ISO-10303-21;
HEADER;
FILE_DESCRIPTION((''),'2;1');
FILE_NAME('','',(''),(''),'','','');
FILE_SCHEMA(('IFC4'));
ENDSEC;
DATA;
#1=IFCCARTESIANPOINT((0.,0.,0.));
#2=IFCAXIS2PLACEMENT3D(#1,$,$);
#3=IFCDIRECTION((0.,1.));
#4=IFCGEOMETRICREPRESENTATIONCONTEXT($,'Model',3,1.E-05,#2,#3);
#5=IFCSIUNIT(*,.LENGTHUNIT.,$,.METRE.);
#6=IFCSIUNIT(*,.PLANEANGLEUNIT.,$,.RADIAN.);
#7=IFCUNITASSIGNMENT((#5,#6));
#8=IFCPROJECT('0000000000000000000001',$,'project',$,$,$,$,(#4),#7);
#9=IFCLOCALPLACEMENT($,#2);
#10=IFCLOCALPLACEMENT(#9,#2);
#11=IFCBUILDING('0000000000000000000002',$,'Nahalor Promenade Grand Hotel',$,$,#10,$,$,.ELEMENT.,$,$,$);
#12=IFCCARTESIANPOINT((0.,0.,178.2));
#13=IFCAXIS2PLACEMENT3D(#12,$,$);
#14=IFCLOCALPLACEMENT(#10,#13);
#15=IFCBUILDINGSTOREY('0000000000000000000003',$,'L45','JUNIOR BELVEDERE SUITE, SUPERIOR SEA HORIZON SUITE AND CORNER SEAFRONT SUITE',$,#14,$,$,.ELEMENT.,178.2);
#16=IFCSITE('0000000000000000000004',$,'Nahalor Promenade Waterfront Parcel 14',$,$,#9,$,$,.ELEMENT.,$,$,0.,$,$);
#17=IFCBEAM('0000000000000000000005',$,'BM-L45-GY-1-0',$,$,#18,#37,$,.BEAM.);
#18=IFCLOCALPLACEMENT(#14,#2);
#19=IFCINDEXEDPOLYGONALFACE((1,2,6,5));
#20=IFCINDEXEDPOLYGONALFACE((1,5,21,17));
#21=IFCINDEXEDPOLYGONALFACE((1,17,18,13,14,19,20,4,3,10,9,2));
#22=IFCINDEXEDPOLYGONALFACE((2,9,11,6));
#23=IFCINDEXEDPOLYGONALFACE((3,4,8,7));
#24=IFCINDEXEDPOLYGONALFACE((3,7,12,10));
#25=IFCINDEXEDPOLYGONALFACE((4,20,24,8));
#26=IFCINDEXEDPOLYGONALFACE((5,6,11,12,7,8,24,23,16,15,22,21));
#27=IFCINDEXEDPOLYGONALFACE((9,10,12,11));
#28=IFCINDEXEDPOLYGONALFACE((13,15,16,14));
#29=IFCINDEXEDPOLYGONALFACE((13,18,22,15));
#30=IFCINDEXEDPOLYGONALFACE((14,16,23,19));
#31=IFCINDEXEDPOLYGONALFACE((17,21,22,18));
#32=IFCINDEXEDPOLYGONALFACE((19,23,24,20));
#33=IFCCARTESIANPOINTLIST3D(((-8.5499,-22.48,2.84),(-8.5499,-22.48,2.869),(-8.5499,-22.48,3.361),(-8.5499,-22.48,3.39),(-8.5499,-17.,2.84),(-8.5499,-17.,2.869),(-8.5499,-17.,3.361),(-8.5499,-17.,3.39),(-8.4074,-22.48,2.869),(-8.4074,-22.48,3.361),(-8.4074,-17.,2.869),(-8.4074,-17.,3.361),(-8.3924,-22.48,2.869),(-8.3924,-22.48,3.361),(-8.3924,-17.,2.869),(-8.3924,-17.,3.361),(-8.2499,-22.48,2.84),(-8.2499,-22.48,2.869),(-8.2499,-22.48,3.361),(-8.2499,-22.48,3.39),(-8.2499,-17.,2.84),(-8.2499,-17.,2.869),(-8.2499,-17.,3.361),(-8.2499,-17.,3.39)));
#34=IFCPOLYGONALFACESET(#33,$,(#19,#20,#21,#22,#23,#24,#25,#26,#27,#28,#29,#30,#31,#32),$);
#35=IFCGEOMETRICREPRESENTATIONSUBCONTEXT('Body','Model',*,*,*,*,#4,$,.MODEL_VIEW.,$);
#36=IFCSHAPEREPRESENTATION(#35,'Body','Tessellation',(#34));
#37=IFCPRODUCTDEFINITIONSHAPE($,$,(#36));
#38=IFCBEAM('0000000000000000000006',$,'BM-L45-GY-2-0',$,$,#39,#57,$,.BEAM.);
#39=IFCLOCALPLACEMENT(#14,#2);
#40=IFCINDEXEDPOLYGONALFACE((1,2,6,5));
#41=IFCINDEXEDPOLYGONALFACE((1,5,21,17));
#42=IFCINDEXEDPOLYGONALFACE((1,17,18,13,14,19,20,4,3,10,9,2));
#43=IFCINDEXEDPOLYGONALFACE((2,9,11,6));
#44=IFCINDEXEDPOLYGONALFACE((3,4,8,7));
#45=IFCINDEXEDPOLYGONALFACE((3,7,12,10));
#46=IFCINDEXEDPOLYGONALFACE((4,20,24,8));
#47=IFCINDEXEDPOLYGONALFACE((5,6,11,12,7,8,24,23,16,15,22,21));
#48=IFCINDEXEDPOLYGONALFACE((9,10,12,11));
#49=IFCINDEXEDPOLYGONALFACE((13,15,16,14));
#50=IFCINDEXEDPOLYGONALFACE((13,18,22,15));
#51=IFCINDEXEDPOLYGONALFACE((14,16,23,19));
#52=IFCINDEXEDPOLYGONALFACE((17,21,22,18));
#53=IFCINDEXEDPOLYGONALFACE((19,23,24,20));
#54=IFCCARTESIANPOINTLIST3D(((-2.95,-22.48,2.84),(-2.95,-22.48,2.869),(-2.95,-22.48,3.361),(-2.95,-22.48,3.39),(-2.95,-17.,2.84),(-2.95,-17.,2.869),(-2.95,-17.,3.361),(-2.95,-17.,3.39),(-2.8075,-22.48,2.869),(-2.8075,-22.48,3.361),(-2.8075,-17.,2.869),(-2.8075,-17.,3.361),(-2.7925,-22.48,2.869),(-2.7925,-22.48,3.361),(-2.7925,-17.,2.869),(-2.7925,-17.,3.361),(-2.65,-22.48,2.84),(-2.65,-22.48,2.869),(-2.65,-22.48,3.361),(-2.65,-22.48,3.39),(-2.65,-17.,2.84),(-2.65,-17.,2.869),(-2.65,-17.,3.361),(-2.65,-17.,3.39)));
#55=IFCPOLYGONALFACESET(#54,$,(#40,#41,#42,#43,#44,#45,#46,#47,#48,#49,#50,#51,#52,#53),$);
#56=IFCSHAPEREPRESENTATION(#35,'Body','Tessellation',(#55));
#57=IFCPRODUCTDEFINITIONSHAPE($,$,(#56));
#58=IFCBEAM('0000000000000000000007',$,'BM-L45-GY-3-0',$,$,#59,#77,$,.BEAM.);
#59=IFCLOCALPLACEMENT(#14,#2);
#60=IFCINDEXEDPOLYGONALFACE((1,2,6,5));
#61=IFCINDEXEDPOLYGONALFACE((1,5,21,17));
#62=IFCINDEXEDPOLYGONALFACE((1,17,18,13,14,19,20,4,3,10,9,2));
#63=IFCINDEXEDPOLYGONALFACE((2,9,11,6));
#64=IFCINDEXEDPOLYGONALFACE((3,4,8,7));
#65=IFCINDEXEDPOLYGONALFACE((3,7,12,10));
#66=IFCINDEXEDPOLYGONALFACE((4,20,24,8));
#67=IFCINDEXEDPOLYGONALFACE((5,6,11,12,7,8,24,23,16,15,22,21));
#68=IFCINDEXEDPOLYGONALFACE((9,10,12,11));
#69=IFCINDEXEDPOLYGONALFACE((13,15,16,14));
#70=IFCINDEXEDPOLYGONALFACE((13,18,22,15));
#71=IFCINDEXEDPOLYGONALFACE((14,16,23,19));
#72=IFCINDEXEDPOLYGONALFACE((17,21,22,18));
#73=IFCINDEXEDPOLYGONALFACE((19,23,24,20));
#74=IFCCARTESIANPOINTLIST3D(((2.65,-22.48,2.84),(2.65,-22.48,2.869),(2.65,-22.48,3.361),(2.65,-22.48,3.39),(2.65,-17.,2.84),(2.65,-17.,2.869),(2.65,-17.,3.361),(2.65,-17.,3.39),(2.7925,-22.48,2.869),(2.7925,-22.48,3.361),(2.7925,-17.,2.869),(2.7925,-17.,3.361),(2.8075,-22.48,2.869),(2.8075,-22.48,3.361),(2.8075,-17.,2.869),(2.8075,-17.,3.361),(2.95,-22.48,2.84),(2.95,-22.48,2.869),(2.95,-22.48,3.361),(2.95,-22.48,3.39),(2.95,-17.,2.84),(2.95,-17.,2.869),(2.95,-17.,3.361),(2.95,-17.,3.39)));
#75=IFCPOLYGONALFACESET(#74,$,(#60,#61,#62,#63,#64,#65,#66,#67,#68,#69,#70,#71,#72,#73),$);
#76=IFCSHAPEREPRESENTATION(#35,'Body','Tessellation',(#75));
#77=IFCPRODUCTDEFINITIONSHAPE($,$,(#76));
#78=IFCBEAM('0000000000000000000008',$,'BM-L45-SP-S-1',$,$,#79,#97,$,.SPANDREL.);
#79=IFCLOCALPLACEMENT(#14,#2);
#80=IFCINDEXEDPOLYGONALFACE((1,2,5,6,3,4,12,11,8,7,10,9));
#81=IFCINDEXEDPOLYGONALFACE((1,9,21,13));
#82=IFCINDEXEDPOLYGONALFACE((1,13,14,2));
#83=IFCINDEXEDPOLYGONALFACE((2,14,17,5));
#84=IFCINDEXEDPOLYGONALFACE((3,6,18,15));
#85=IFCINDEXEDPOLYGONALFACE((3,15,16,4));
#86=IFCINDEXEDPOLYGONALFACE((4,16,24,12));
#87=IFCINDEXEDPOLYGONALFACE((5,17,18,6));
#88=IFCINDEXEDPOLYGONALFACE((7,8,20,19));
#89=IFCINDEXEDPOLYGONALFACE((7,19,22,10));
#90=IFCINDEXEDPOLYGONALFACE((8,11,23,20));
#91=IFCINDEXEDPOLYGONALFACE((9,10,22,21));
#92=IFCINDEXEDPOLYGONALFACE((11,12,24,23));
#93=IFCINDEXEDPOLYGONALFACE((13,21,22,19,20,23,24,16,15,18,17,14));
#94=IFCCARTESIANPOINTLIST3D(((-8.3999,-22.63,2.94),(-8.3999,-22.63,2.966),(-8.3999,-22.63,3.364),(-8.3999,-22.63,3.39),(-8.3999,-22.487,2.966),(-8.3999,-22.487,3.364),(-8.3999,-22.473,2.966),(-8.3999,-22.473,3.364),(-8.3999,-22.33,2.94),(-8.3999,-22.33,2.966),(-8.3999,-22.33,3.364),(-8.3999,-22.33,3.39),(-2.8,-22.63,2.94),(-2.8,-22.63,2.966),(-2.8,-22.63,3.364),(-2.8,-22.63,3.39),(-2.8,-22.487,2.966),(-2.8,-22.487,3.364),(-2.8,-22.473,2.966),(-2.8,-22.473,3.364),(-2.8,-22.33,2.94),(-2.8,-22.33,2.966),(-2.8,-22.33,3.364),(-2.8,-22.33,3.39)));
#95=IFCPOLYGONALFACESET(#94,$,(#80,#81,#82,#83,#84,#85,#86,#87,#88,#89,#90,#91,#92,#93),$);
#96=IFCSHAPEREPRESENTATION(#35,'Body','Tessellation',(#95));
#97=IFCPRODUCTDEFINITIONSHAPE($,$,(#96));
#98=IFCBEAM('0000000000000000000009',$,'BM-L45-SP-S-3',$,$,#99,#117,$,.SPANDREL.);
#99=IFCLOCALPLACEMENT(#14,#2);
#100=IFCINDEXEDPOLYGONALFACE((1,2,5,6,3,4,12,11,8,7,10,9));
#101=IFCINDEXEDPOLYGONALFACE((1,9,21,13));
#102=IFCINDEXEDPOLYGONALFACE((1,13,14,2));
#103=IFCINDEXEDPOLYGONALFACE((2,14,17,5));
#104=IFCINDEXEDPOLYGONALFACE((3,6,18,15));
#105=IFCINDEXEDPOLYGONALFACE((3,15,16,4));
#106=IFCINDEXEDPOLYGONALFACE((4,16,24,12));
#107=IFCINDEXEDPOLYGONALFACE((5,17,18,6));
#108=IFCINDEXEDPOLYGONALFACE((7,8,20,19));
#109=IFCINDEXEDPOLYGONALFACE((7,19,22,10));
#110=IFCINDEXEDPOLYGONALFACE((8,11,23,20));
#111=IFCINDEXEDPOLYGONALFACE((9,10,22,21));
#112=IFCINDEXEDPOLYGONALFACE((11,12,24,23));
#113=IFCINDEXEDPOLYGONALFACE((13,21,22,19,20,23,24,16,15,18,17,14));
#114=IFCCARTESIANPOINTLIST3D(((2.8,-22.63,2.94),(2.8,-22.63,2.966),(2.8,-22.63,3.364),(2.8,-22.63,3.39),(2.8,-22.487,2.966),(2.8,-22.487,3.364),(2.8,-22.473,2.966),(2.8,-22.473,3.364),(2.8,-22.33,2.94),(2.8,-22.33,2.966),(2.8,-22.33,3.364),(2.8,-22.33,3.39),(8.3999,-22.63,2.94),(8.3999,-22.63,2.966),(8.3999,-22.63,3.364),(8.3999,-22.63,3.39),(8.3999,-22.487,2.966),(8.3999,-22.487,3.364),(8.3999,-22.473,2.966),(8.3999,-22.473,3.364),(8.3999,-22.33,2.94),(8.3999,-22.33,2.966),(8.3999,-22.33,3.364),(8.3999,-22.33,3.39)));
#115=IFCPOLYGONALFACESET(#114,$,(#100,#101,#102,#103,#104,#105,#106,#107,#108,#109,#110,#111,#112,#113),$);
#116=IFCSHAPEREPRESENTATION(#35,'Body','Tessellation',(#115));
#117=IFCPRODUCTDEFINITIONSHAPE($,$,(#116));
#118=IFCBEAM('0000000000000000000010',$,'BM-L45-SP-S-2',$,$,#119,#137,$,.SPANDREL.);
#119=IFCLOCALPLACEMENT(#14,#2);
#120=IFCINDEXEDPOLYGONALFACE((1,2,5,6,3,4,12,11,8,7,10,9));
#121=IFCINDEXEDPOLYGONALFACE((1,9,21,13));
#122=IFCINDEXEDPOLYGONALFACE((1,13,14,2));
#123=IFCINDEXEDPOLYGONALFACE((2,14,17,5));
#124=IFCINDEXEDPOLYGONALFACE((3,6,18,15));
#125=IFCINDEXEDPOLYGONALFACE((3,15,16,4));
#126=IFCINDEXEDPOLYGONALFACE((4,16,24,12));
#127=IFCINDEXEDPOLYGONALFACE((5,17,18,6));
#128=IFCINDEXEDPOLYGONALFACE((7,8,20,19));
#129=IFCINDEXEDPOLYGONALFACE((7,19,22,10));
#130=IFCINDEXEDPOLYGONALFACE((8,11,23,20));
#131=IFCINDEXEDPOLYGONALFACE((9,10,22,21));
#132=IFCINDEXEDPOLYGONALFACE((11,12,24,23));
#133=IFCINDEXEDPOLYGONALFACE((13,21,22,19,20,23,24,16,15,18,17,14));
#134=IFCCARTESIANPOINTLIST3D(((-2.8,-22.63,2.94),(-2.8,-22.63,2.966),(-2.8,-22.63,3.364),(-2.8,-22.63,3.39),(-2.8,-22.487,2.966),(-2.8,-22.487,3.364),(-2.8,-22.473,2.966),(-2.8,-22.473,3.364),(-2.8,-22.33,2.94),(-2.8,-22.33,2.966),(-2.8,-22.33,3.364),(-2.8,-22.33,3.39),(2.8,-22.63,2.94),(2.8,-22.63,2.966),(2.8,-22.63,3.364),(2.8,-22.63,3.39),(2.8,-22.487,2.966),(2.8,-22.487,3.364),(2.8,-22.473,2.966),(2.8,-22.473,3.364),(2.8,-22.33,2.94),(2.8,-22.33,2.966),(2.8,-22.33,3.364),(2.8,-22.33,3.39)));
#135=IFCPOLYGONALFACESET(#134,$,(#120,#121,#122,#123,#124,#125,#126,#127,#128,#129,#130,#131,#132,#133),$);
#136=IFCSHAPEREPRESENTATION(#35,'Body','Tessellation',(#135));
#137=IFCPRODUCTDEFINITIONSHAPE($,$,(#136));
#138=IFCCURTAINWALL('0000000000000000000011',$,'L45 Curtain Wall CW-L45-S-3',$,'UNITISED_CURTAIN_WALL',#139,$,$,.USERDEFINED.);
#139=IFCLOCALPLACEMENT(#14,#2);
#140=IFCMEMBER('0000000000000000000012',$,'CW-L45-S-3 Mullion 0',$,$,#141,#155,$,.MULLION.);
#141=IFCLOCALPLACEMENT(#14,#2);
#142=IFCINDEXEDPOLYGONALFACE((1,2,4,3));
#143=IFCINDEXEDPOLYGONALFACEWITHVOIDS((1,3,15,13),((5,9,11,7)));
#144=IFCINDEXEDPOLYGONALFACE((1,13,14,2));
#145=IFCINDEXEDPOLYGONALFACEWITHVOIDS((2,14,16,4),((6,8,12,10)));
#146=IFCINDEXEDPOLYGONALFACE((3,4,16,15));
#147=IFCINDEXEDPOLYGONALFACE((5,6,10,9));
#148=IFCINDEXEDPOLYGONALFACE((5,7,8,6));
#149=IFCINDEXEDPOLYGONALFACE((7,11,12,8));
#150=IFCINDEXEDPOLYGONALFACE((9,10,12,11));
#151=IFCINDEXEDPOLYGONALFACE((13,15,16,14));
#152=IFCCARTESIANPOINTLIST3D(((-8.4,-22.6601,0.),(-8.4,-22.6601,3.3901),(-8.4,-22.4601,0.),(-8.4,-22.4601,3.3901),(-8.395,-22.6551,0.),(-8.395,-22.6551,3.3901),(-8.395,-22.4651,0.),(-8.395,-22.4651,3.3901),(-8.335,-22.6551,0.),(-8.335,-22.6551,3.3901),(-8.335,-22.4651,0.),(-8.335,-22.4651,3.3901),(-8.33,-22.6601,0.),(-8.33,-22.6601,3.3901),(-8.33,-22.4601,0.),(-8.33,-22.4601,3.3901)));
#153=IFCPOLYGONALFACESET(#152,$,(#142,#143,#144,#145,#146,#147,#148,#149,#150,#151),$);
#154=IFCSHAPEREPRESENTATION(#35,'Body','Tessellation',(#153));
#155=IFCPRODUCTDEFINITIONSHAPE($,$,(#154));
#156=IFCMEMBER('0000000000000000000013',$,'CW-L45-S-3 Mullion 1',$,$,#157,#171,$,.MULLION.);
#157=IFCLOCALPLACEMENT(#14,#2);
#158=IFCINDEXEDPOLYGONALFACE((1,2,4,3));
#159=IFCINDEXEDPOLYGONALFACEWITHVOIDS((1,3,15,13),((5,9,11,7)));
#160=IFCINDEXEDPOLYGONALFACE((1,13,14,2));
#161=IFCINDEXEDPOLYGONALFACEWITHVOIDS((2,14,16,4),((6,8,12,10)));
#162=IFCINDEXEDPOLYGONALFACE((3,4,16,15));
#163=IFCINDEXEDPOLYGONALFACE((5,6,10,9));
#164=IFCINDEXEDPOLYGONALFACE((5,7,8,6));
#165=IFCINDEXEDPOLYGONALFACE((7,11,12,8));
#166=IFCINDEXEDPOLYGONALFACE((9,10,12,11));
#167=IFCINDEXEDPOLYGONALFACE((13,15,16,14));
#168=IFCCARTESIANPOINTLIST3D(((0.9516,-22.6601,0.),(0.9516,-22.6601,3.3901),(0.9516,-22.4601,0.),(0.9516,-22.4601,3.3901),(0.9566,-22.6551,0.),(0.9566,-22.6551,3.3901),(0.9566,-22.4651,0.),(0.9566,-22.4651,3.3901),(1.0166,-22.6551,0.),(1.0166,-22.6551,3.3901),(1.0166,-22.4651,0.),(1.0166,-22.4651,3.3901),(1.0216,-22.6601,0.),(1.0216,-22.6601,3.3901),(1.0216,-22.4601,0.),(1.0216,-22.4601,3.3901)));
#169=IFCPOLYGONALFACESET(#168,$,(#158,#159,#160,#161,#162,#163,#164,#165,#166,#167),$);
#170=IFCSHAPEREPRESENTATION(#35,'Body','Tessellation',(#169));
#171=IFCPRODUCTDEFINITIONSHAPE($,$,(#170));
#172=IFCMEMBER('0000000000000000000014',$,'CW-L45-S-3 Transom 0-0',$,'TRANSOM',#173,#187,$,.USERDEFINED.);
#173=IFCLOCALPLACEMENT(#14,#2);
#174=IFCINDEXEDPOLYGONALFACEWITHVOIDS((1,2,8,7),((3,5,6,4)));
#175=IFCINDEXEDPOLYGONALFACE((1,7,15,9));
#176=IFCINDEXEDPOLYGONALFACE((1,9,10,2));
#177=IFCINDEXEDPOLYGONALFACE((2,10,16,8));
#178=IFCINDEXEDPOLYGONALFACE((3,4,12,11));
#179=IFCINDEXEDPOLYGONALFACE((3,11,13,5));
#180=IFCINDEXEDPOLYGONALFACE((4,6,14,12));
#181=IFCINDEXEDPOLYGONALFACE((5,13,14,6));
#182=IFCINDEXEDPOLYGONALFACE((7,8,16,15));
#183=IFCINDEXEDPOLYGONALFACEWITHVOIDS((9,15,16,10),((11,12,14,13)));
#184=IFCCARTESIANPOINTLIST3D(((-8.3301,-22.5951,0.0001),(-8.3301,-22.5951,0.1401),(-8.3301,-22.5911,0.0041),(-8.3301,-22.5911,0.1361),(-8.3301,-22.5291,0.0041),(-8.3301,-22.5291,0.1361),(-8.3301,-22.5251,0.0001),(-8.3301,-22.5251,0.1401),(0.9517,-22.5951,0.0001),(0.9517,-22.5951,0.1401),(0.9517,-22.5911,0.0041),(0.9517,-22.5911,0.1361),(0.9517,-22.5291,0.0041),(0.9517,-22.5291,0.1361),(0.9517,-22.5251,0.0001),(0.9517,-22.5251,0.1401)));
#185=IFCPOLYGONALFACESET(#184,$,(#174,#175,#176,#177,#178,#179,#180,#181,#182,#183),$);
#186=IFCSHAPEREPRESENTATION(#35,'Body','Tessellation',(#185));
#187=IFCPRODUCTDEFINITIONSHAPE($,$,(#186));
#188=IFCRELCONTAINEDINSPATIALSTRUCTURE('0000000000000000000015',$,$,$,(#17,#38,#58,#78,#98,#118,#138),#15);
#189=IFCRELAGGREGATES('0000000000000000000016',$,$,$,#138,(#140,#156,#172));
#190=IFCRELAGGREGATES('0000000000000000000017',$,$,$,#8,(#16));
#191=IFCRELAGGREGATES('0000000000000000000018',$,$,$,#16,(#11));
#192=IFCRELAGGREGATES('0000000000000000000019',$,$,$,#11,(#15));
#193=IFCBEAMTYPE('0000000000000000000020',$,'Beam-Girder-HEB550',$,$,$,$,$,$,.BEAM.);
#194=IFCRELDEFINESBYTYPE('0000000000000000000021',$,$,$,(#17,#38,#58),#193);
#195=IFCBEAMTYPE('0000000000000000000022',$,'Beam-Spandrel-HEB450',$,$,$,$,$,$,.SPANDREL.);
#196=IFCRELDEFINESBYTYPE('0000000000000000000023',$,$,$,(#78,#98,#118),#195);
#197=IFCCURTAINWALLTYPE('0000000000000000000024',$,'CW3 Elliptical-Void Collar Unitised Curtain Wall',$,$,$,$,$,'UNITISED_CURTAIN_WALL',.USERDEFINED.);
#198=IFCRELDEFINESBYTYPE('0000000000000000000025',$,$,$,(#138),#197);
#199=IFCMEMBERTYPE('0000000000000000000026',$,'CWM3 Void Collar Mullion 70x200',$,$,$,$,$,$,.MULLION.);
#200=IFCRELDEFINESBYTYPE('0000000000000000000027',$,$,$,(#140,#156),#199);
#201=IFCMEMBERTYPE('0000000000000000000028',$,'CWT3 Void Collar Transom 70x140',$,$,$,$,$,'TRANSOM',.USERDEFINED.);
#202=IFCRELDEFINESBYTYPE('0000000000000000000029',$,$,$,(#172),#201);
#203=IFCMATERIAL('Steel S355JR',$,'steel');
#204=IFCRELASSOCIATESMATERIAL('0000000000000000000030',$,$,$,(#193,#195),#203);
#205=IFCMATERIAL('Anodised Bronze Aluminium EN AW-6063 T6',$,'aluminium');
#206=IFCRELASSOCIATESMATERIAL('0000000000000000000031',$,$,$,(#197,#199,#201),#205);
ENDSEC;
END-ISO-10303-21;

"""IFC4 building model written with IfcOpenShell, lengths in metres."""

from ifc_helpers import new_model, si_unit, direction, frame, origin, origin_2d, place, context, subcontext, project, spatial, hollow_rectangle, i_section, extrude, source, transform, mapped, material, material_profile, profile_set, type_object, element, aggregate, save


model = new_model("IFC4")

# Units and contexts
model_context = context("Model", 3, precision=1e-05, world=origin(), true_north=direction((0.0, 1.0)))
body_context = subcontext(model_context, "Body", "Model", "MODEL_VIEW")
ifc_project = project(units=[si_unit("LENGTHUNIT", "METRE"), si_unit("PLANEANGLEUNIT", "RADIAN")], contexts=[model_context])

# Site, building, storey
site_placement = place(None, origin())
site = spatial("IfcSite", under=ifc_project, at=site_placement, Name="Nahalor Promenade Waterfront Parcel 14", CompositionType="ELEMENT", RefElevation=0.0)
building_placement = place(site_placement, origin())
building = spatial("IfcBuilding", under=site, at=building_placement, Name="Nahalor Promenade Grand Hotel", CompositionType="ELEMENT")
storey_placement = place(building_placement, frame((0.0, 0.0, 178.2)))
storey = spatial("IfcBuildingStorey", under=building, at=storey_placement, Name="L45", Description="JUNIOR BELVEDERE SUITE, SUPERIOR SEA HORIZON SUITE AND CORNER SEAFRONT SUITE", CompositionType="ELEMENT", Elevation=178.2)

# Beams
ifc_material_1 = material(Name="Steel S355JR", Category="steel")
ifc_material_profile_1 = material_profile(ifc_material_1, i_section(OverallWidth=0.3, OverallDepth=0.55, WebThickness=0.015, FlangeThickness=0.029, at=origin_2d()), Name="HEB 550")
ifc_profile_set_1 = profile_set([ifc_material_profile_1], Name="Steel S355JR")
beam_type_1 = type_object("IfcBeamType", Name="Beam-Girder-HEB550", PredefinedType="BEAM", material=ifc_profile_set_1)
shared_shape_1 = source(origin(), body_context, "Body", "SweptSolid", [
    extrude(i_section(OverallWidth=0.3, OverallDepth=0.55, WebThickness=0.015, FlangeThickness=0.029, at=origin_2d()), origin(), (0.0, 0.0, 1.0), 5.48),
])
for number, where, z_axis, x_axis, name in (
    (1, (-8.3999, -22.48, 3.115), (0.0, 1.0, 0.0), (-1.0, 0.0, 0.0), "BM-L45-GY-1-0"),
    (2, (-2.8, -22.48, 3.115), (0.0, 1.0, 0.0), (-1.0, 0.0, 0.0), "BM-L45-GY-2-0"),
    (3, (2.8, -22.48, 3.115), (0.0, 1.0, 0.0), (-1.0, 0.0, 0.0), "BM-L45-GY-3-0"),
):
    element("IfcBeam", number, at=place(storey_placement, frame(where, z_axis=z_axis, x_axis=x_axis)), inside=storey, type_object=beam_type_1, Name=name, PredefinedType="BEAM", context=body_context, shape_type="MappedRepresentation", body=[
        mapped(shared_shape_1, transform((0.0, 0.0, 0.0), scale=1.0)),
    ])
ifc_material_profile_2 = material_profile(ifc_material_1, i_section(OverallWidth=0.3, OverallDepth=0.45, WebThickness=0.014, FlangeThickness=0.026, at=origin_2d()), Name="HEB 450")
ifc_profile_set_2 = profile_set([ifc_material_profile_2], Name="Steel S355JR")
beam_type_2 = type_object("IfcBeamType", Name="Beam-Spandrel-HEB450", PredefinedType="SPANDREL", material=ifc_profile_set_2)
shared_shape_2 = source(origin(), body_context, "Body", "SweptSolid", [
    extrude(i_section(OverallWidth=0.3, OverallDepth=0.45, WebThickness=0.014, FlangeThickness=0.026, at=origin_2d()), origin(), (0.0, 0.0, 1.0), 5.5999),
])
for number, where, z_axis, x_axis, name in (
    (4, (-8.3999, -22.48, 3.165), (1.0, 0.0, 0.0), (0.0, 1.0, 0.0), "BM-L45-SP-S-1"),
    (5, (2.8, -22.48, 3.165), (1.0, 0.0, 0.0), (0.0, 1.0, 0.0), "BM-L45-SP-S-3"),
):
    element("IfcBeam", number, at=place(storey_placement, frame(where, z_axis=z_axis, x_axis=x_axis)), inside=storey, type_object=beam_type_2, Name=name, PredefinedType="SPANDREL", context=body_context, shape_type="MappedRepresentation", body=[
        mapped(shared_shape_2, transform((0.0, 0.0, 0.0), scale=1.0)),
    ])
shared_shape_3 = source(origin(), body_context, "Body", "SweptSolid", [
    extrude(i_section(OverallWidth=0.3, OverallDepth=0.45, WebThickness=0.014, FlangeThickness=0.026, at=origin_2d()), origin(), (0.0, 0.0, 1.0), 5.6001),
])
beam_1_placement = place(storey_placement, frame((-2.8, -22.48, 3.165), z_axis=(1.0, 0.0, 0.0), x_axis=(0.0, 1.0, 0.0)))
element("IfcBeam", 6, at=beam_1_placement, inside=storey, type_object=beam_type_2, Name="BM-L45-SP-S-2", PredefinedType="SPANDREL", context=body_context, shape_type="MappedRepresentation", body=[
    mapped(shared_shape_3, transform((0.0, 0.0, 0.0), scale=1.0)),
])

# Curtain wall, members
ifc_material_2 = material(Name="Anodised Bronze Aluminium EN AW-6063 T6", Category="aluminium")
curtain_wall_type = type_object("IfcCurtainWallType", Name="CW3 Elliptical-Void Collar Unitised Curtain Wall", ElementType="UNITISED_CURTAIN_WALL", PredefinedType="USERDEFINED", material=ifc_material_2)
curtain_wall_placement = place(storey_placement, origin())
curtain_wall = element("IfcCurtainWall", 7, at=curtain_wall_placement, inside=storey, type_object=curtain_wall_type, Name="L45 Curtain Wall CW-L45-S-3", ObjectType="UNITISED_CURTAIN_WALL", PredefinedType="USERDEFINED")
ifc_material_profile_3 = material_profile(ifc_material_2, hollow_rectangle(XDim=0.07, YDim=0.2, WallThickness=0.005, at=origin_2d()), Name="CWM 70x200x5")
ifc_profile_set_3 = profile_set([ifc_material_profile_3], Name="Anodised Bronze Aluminium EN AW-6063 T6")
member_type_1 = type_object("IfcMemberType", Name="CWM3 Void Collar Mullion 70x200", PredefinedType="MULLION", material=ifc_profile_set_3)
shared_shape_4 = source(origin(), body_context, "Body", "SweptSolid", [
    extrude(hollow_rectangle(XDim=0.07, YDim=0.2, WallThickness=0.005, at=origin_2d()), origin(), (0.0, 0.0, 1.0), 3.3901),
])
member_1_placement = place(storey_placement, frame((-8.365, -22.5601, 0.0), z_axis=(0.0, 0.0, 1.0), x_axis=(1.0, 0.0, 0.0)))
member_1 = element("IfcMember", 8, at=member_1_placement, type_object=member_type_1, Name="CW-L45-S-3 Mullion 0", PredefinedType="MULLION", context=body_context, shape_type="MappedRepresentation", body=[
    mapped(shared_shape_4, transform((0.0, 0.0, 0.0), scale=1.0)),
])
member_2_placement = place(storey_placement, frame((0.9866, -22.5601, 0.0), z_axis=(0.0, 0.0, 1.0), x_axis=(1.0, 0.0, 0.0)))
member_2 = element("IfcMember", 9, at=member_2_placement, type_object=member_type_1, Name="CW-L45-S-3 Mullion 1", PredefinedType="MULLION", context=body_context, shape_type="MappedRepresentation", body=[
    mapped(shared_shape_4, transform((0.0, 0.0, 0.0), scale=1.0)),
])
ifc_material_profile_4 = material_profile(ifc_material_2, hollow_rectangle(XDim=0.07, YDim=0.14, WallThickness=0.004, at=origin_2d()), Name="CWT 70x140x4")
ifc_profile_set_4 = profile_set([ifc_material_profile_4], Name="Anodised Bronze Aluminium EN AW-6063 T6")
member_type_2 = type_object("IfcMemberType", Name="CWT3 Void Collar Transom 70x140", ElementType="TRANSOM", PredefinedType="USERDEFINED", material=ifc_profile_set_4)
shared_shape_5 = source(origin(), body_context, "Body", "SweptSolid", [
    extrude(hollow_rectangle(XDim=0.07, YDim=0.14, WallThickness=0.004, at=origin_2d()), origin(), (0.0, 0.0, 1.0), 9.2817),
])
member_3_placement = place(storey_placement, frame((-8.3301, -22.5601, 0.0701), z_axis=(1.0, 0.0, 0.0), x_axis=(0.0, 1.0, 0.0)))
member_3 = element("IfcMember", 10, at=member_3_placement, type_object=member_type_2, Name="CW-L45-S-3 Transom 0-0", ObjectType="TRANSOM", PredefinedType="USERDEFINED", context=body_context, shape_type="MappedRepresentation", body=[
    mapped(shared_shape_5, transform((0.0, 0.0, 0.0), scale=1.0)),
])
aggregate(curtain_wall, [member_1, member_2, member_3])

save(model, "model.ifc")
